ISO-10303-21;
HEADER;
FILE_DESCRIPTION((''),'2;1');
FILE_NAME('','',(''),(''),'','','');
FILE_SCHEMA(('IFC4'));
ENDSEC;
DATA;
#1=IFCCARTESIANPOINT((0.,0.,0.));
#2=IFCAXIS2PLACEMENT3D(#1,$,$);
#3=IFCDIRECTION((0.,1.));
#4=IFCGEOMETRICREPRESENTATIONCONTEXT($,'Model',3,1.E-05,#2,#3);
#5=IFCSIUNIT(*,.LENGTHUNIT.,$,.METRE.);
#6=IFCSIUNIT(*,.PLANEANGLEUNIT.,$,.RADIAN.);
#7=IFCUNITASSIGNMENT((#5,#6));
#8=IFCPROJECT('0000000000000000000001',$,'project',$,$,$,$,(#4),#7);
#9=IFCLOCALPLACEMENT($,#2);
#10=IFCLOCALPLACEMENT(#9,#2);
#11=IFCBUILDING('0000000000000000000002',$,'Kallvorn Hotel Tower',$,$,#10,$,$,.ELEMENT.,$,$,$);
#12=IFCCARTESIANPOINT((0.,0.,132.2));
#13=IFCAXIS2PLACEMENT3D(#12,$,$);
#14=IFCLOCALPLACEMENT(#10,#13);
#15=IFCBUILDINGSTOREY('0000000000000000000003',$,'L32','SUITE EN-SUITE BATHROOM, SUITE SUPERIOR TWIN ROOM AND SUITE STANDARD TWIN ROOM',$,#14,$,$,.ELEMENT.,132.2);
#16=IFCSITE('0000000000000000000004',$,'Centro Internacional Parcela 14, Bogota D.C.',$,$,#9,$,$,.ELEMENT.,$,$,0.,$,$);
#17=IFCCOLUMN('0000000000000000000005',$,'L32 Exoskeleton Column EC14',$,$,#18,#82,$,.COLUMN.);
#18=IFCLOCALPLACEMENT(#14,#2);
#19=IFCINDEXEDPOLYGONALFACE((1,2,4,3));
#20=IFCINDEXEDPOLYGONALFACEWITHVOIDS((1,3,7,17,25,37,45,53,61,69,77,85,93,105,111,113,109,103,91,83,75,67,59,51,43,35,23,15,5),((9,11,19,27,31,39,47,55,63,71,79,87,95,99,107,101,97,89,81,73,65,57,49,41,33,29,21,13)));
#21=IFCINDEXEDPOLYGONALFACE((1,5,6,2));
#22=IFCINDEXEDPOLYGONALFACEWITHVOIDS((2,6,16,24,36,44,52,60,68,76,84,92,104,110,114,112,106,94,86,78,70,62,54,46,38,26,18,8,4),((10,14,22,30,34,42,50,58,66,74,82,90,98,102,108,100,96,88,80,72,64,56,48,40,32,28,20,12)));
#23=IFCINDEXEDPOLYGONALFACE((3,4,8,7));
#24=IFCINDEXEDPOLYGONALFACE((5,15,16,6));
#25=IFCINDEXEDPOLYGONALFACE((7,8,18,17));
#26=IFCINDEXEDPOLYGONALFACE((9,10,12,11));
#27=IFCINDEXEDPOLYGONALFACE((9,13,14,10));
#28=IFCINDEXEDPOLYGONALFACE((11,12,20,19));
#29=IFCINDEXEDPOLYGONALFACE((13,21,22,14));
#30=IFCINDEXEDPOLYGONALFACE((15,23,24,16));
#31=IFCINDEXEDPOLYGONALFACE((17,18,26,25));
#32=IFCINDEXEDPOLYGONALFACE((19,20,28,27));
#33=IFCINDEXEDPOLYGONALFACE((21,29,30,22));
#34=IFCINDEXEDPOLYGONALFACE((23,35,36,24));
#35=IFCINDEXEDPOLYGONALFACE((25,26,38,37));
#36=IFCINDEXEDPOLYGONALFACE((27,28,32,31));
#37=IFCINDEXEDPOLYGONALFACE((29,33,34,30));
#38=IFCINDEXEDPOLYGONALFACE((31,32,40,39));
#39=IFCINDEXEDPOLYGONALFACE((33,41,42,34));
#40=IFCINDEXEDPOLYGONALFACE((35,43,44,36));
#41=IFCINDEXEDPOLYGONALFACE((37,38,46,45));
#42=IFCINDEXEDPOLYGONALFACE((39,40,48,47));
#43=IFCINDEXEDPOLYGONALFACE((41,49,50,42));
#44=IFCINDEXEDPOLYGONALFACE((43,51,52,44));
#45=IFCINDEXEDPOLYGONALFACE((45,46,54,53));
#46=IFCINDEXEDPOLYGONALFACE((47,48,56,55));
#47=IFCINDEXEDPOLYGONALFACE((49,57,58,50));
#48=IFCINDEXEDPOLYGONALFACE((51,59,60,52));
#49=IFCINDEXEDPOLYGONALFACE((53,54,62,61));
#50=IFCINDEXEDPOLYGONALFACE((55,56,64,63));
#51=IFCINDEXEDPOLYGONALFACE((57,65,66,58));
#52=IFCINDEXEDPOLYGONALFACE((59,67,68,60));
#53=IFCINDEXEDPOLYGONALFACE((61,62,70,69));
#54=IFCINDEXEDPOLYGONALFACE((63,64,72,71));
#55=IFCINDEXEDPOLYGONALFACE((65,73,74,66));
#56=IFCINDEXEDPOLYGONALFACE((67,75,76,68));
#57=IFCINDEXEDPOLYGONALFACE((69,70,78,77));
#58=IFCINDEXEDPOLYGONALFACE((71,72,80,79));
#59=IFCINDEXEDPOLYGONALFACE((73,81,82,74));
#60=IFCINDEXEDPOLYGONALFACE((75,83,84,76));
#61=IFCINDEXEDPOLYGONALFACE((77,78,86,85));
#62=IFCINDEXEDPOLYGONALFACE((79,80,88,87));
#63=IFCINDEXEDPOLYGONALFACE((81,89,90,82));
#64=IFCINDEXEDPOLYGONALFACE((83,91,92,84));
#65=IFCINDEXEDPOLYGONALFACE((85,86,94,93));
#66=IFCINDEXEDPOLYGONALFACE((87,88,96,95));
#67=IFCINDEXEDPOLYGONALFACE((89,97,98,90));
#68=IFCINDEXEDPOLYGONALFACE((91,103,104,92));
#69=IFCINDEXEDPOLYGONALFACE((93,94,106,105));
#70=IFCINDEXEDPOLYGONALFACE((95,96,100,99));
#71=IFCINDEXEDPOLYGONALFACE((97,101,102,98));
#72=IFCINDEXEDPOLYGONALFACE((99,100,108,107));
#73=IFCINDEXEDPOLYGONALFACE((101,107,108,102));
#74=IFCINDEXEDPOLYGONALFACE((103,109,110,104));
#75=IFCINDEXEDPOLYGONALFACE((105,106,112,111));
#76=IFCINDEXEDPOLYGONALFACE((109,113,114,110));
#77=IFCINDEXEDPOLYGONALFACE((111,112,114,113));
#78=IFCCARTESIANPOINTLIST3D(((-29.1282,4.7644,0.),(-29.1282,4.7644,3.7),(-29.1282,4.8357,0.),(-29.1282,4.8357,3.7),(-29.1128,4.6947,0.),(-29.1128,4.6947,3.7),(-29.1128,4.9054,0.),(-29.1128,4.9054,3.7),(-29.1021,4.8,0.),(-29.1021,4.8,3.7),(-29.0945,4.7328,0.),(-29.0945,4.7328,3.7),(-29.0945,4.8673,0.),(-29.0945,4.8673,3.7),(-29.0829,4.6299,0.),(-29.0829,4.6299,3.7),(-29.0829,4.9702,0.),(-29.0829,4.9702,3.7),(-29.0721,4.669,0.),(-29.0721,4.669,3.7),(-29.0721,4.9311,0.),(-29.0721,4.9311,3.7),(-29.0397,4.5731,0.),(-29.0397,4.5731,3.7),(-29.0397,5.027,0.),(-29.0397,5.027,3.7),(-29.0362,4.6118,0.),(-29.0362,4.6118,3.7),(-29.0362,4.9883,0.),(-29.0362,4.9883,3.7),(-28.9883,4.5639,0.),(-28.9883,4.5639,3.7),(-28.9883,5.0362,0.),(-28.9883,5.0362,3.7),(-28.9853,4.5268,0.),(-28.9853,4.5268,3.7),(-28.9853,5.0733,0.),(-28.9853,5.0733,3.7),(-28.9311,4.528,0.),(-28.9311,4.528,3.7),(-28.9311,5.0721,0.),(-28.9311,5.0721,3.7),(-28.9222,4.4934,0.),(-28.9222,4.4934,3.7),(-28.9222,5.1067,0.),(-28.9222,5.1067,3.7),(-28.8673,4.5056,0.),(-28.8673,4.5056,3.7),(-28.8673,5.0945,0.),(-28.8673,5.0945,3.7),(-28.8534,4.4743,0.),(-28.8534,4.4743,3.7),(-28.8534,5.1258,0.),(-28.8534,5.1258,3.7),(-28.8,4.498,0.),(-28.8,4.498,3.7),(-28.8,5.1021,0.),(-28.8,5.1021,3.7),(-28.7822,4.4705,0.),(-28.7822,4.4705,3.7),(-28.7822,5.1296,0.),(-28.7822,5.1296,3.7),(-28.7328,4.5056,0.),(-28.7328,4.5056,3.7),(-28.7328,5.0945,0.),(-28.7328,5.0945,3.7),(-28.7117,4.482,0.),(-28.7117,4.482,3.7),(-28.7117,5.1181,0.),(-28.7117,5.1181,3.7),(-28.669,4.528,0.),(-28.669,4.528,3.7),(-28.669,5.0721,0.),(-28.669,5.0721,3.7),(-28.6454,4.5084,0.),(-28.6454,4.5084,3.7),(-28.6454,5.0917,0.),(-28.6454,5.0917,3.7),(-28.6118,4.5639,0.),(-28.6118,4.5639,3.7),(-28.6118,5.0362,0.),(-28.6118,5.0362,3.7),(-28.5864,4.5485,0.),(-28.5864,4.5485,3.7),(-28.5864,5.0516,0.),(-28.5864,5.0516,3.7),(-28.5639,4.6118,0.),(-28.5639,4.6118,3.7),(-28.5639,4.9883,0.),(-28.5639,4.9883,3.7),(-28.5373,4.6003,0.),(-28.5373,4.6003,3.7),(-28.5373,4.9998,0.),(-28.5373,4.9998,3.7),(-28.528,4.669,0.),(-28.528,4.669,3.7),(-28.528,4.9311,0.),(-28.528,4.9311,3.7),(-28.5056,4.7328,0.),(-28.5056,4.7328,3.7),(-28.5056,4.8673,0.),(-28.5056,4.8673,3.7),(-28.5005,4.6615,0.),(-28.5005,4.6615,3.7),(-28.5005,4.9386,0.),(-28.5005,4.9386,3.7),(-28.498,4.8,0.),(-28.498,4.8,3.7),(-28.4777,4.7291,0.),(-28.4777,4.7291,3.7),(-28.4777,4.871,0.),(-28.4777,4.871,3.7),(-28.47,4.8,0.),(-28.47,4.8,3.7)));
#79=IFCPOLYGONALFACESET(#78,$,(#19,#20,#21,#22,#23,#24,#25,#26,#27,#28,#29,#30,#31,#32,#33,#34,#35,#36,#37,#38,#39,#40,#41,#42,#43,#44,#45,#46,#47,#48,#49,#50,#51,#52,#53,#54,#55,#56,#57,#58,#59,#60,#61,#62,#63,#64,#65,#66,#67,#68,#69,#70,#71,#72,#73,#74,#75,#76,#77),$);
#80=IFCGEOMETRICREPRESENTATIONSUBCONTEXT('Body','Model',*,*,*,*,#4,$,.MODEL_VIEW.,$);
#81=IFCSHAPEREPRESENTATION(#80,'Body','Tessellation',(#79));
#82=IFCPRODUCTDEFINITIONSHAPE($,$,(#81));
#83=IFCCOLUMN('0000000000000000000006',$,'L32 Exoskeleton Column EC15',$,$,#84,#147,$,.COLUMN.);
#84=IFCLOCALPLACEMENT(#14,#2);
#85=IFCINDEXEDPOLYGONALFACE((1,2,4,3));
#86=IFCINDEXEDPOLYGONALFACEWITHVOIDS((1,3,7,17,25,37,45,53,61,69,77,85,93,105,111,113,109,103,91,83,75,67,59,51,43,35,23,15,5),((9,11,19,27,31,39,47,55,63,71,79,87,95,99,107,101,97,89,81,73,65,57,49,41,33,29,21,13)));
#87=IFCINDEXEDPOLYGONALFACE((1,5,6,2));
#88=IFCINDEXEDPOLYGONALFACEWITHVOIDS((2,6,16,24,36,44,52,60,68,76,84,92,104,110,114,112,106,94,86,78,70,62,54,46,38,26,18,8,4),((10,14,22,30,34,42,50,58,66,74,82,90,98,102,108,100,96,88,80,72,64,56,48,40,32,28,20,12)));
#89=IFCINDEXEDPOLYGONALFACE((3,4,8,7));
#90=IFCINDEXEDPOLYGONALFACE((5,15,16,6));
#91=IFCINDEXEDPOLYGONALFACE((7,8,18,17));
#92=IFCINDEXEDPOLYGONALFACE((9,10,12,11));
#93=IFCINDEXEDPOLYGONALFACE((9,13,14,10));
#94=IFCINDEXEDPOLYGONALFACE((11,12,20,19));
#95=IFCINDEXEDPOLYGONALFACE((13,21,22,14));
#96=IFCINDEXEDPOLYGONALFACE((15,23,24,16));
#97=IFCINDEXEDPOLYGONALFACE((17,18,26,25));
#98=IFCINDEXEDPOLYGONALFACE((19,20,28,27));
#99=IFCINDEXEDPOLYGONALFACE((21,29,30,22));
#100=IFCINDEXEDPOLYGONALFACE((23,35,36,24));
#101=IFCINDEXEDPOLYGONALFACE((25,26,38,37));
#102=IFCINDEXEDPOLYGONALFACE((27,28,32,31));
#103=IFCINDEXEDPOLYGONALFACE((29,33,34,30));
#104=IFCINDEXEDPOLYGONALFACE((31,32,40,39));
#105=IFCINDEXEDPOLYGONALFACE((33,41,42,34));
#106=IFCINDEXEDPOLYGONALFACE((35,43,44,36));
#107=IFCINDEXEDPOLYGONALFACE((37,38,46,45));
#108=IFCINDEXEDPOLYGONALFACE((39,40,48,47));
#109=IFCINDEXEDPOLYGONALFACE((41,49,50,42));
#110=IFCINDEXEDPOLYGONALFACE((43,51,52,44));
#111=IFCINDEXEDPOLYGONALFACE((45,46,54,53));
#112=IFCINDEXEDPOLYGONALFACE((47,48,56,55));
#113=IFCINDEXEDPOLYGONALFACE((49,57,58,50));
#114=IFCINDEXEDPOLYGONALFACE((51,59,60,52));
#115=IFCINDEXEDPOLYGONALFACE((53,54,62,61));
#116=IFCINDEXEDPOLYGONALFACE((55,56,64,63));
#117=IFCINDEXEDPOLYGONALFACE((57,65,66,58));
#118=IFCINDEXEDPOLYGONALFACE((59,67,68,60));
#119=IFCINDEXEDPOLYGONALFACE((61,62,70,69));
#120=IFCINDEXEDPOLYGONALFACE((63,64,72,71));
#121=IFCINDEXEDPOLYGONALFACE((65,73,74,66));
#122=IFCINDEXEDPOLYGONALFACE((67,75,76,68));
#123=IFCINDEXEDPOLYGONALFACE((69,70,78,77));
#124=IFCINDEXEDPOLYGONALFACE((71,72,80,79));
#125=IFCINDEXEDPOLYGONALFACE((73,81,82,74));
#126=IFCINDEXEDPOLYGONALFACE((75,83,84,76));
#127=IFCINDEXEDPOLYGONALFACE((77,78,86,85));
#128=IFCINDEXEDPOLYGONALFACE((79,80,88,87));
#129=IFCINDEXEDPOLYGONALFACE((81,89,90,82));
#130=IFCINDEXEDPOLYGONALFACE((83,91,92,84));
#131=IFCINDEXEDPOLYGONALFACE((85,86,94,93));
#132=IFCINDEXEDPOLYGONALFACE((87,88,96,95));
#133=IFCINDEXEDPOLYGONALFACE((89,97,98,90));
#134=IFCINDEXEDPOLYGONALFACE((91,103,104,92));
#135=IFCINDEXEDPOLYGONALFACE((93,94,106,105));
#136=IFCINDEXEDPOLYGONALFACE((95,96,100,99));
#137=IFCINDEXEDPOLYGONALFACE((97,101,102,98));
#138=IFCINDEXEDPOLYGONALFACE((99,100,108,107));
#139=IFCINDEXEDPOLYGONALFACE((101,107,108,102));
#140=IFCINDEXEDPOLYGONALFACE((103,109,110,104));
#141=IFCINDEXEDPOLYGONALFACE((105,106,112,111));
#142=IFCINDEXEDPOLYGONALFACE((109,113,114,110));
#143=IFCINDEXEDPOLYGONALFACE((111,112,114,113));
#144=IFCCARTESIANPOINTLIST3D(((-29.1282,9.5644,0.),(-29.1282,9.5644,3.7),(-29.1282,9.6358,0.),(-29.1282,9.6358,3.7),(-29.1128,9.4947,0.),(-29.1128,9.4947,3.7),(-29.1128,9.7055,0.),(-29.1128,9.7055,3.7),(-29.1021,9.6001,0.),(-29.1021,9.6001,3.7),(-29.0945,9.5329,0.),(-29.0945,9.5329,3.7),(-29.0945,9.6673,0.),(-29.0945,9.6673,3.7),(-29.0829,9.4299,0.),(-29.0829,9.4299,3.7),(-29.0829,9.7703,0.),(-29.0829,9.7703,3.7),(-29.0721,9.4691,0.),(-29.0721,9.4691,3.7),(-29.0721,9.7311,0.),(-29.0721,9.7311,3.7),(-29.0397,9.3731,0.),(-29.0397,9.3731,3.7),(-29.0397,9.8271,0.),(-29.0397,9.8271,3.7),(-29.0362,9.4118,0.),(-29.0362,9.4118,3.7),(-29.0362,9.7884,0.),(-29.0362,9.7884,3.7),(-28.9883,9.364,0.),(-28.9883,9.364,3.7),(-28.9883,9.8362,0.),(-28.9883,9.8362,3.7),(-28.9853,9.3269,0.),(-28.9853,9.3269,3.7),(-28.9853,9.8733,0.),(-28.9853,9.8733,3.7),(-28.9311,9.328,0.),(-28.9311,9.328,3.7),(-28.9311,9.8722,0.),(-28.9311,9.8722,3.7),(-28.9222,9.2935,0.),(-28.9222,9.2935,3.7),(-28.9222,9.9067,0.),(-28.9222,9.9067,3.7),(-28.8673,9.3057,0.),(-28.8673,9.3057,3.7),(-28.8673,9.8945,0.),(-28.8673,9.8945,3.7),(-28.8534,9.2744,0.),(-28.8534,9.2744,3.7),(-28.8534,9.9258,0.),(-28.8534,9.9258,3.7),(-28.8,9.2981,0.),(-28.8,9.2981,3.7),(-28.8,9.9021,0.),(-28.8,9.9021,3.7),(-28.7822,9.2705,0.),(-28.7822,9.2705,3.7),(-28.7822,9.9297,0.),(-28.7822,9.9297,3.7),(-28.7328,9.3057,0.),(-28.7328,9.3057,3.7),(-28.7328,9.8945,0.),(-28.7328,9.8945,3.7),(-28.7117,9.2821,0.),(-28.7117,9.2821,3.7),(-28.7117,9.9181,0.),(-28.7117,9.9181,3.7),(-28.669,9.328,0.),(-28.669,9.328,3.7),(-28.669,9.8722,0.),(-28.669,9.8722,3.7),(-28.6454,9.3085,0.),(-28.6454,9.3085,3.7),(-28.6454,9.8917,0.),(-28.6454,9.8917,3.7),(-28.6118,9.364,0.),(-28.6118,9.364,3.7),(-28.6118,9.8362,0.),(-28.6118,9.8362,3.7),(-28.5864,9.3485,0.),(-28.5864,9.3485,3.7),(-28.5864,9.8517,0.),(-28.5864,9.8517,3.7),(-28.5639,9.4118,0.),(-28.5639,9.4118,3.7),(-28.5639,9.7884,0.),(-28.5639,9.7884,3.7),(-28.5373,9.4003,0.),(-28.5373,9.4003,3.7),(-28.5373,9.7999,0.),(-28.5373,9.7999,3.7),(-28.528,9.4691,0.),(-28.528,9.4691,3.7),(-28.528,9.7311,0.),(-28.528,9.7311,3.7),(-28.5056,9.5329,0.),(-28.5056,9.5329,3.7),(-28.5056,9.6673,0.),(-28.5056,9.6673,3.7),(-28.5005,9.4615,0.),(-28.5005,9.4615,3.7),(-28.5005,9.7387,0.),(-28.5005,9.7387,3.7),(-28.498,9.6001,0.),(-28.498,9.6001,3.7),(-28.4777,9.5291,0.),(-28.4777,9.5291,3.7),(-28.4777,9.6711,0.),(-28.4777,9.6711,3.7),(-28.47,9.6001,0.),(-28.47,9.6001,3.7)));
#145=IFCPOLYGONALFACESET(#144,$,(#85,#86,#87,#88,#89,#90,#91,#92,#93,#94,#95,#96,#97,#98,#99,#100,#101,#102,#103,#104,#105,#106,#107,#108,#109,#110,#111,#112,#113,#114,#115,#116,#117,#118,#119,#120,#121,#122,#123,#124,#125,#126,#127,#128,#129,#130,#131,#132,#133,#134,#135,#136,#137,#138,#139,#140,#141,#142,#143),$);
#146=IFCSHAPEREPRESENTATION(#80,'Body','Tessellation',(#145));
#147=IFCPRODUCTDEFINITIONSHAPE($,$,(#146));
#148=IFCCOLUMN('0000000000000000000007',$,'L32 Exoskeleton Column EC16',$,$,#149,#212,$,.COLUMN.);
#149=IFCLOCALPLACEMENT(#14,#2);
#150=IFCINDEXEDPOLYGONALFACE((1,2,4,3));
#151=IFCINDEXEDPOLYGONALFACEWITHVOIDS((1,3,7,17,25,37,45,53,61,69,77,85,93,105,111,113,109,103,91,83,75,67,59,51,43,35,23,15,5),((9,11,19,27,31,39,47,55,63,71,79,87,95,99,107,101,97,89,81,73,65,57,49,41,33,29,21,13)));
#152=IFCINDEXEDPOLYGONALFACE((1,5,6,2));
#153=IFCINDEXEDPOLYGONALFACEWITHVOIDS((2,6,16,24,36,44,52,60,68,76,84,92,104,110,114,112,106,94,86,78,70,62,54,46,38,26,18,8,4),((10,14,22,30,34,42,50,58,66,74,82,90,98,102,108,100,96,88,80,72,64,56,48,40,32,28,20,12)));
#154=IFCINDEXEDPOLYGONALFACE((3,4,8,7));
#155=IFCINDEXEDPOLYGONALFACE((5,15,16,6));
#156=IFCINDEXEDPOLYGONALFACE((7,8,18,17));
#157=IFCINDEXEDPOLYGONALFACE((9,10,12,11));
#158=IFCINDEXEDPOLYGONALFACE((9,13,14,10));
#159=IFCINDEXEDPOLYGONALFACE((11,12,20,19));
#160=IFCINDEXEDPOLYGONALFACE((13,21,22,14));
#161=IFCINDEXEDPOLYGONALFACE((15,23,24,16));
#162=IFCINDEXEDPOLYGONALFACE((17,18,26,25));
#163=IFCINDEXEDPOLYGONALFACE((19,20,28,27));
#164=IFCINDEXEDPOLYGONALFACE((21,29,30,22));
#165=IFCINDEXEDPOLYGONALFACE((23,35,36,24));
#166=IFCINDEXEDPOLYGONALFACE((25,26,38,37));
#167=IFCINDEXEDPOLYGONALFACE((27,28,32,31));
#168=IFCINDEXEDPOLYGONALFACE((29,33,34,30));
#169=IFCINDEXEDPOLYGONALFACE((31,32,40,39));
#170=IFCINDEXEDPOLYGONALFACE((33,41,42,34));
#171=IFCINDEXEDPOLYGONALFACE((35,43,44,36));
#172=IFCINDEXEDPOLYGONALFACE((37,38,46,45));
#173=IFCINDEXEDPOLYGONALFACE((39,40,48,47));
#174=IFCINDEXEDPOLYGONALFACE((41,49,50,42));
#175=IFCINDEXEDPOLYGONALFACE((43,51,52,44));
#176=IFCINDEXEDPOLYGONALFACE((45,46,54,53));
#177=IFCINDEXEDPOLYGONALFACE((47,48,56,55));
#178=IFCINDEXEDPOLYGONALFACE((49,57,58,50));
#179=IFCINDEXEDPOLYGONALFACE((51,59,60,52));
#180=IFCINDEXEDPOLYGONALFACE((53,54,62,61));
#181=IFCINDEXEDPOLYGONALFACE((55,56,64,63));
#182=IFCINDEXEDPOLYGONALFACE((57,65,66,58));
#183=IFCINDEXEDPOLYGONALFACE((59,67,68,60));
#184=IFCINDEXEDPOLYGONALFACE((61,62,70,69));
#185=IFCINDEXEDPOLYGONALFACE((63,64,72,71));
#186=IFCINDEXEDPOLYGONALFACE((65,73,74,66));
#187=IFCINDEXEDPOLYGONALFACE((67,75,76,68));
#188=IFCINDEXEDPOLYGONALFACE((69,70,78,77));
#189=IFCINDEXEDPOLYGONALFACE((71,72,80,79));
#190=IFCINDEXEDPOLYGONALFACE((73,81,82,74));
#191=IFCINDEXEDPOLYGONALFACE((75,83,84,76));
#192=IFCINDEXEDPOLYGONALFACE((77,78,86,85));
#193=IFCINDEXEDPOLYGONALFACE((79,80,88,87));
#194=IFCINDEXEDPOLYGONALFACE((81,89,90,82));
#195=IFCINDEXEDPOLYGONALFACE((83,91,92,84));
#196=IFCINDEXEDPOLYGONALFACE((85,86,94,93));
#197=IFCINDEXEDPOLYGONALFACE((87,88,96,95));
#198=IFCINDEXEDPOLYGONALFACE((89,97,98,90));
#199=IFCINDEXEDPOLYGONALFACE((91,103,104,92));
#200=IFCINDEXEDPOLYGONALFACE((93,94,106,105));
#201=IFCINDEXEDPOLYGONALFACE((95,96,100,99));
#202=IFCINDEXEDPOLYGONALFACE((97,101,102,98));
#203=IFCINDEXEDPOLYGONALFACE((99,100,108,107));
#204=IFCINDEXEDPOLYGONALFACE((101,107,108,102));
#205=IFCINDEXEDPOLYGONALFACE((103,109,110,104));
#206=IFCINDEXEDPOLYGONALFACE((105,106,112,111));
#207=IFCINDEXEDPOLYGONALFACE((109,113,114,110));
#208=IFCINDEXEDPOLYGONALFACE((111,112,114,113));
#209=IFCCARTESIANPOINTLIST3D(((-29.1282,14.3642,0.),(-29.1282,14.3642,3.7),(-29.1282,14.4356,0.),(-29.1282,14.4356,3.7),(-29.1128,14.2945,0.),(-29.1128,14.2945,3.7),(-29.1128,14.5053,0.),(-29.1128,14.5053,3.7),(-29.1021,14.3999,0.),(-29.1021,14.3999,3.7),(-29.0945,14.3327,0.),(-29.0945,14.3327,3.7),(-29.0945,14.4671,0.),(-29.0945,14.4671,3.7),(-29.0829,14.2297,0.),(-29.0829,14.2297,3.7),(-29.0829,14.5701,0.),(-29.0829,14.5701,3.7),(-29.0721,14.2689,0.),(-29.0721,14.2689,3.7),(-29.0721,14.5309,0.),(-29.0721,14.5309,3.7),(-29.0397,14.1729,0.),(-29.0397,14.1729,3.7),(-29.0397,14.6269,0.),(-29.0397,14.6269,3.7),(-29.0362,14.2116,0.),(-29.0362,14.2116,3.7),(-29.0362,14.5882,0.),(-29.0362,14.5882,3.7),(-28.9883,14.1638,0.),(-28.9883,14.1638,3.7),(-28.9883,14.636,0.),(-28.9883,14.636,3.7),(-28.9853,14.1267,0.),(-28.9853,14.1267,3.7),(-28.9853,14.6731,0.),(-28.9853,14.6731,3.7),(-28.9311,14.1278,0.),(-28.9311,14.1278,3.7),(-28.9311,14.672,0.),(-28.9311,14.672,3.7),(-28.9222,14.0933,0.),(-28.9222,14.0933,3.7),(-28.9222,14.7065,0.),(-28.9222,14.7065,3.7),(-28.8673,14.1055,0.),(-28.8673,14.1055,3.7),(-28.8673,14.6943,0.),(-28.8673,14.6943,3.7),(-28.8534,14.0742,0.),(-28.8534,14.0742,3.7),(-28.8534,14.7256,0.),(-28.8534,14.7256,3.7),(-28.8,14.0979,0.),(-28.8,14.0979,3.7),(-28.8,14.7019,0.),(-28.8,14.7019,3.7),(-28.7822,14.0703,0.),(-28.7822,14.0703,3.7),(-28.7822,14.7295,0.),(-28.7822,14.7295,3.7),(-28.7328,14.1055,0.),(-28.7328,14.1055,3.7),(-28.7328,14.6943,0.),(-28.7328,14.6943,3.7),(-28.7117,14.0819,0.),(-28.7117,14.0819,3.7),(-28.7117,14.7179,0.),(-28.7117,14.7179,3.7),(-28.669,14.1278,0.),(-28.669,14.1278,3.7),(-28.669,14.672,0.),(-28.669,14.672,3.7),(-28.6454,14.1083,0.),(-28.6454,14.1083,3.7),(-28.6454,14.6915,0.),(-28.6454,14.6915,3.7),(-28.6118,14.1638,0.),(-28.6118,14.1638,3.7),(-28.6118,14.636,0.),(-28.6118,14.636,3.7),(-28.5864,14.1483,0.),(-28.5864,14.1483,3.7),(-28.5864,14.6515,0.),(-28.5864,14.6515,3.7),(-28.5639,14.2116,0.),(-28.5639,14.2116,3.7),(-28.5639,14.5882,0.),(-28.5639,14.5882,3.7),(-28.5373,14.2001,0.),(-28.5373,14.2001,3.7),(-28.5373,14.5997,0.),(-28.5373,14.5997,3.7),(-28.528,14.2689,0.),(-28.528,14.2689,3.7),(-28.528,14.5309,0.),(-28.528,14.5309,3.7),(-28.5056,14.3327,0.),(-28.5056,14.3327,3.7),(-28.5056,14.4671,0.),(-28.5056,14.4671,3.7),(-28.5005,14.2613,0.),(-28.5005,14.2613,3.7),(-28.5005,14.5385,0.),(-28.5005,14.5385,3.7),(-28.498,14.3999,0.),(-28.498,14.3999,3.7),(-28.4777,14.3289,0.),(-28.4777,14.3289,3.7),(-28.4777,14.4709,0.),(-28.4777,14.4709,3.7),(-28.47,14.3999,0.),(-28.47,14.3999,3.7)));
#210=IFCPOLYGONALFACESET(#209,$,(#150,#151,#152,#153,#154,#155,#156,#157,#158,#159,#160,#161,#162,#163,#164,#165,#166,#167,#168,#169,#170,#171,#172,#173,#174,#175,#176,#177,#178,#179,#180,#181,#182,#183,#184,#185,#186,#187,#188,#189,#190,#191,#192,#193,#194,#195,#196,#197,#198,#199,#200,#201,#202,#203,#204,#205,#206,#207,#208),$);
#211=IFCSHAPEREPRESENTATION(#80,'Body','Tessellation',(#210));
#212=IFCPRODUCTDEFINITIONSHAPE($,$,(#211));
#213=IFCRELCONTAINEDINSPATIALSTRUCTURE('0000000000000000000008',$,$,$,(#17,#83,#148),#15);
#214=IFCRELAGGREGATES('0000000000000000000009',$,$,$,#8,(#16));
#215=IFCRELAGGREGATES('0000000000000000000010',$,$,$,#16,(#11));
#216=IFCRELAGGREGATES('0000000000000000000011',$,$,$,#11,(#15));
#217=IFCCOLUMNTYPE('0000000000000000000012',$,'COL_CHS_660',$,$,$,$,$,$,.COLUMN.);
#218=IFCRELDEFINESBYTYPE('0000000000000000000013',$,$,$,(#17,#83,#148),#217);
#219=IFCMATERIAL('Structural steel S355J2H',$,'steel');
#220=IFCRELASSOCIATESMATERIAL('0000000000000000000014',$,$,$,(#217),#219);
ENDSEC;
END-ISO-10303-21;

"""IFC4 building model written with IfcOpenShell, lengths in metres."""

from ifc_helpers import new_model, si_unit, direction, frame, origin, origin_2d, place, context, subcontext, project, spatial, hollow_circle, extrude, material, material_profile, profile_set, type_object, element, save


model = new_model("IFC4")

# Units and contexts
model_context = context("Model", 3, precision=1e-05, world=origin(), true_north=direction((0.0, 1.0)))
body_context = subcontext(model_context, "Body", "Model", "MODEL_VIEW")
ifc_project = project(units=[si_unit("LENGTHUNIT", "METRE"), si_unit("PLANEANGLEUNIT", "RADIAN")], contexts=[model_context])

# Site, building, storey
site_placement = place(None, origin())
site = spatial("IfcSite", under=ifc_project, at=site_placement, Name="Centro Internacional Parcela 14, Bogota D.C.", CompositionType="ELEMENT", RefElevation=0.0)
building_placement = place(site_placement, origin())
building = spatial("IfcBuilding", under=site, at=building_placement, Name="Kallvorn Hotel Tower", CompositionType="ELEMENT")
storey_placement = place(building_placement, frame((0.0, 0.0, 132.2)))
storey = spatial("IfcBuildingStorey", under=building, at=storey_placement, Name="L32", Description="SUITE EN-SUITE BATHROOM, SUITE SUPERIOR TWIN ROOM AND SUITE STANDARD TWIN ROOM", CompositionType="ELEMENT", Elevation=132.2)

# Columns
ifc_material_1 = material(Name="Structural steel S355J2H", Category="steel")
ifc_material_profile_1 = material_profile(ifc_material_1, hollow_circle(Radius=0.3301, WallThickness=0.0281, at=origin_2d()), Name="CHS 660x28")
ifc_profile_set_1 = profile_set([ifc_material_profile_1], Name="Structural steel S355J2H")
column_type_1 = type_object("IfcColumnType", Name="COL_CHS_660", PredefinedType="COLUMN", material=ifc_profile_set_1)
for number, where, z_axis, x_axis, name in (
    (1, (-28.8, 4.8, 0.0), (0.0, 0.0, 1.0), (1.0, 0.0, 0.0), "L32 Exoskeleton Column EC14"),
    (2, (-28.8, 9.6001, 0.0), (0.0, 0.0, 1.0), (1.0, 0.0, 0.0), "L32 Exoskeleton Column EC15"),
    (3, (-28.8, 14.3999, 0.0), (0.0, 0.0, 1.0), (1.0, 0.0, 0.0), "L32 Exoskeleton Column EC16"),
):
    element("IfcColumn", number, at=place(storey_placement, frame(where, z_axis=z_axis, x_axis=x_axis)), inside=storey, type_object=column_type_1, Name=name, PredefinedType="COLUMN", context=body_context, shape_type="SweptSolid", body=[
        extrude(hollow_circle(Radius=0.3301, WallThickness=0.0281, at=origin_2d()), origin(), (0.0, 0.0, 1.0), 3.7),
    ])

save(model, "model.ifc")
